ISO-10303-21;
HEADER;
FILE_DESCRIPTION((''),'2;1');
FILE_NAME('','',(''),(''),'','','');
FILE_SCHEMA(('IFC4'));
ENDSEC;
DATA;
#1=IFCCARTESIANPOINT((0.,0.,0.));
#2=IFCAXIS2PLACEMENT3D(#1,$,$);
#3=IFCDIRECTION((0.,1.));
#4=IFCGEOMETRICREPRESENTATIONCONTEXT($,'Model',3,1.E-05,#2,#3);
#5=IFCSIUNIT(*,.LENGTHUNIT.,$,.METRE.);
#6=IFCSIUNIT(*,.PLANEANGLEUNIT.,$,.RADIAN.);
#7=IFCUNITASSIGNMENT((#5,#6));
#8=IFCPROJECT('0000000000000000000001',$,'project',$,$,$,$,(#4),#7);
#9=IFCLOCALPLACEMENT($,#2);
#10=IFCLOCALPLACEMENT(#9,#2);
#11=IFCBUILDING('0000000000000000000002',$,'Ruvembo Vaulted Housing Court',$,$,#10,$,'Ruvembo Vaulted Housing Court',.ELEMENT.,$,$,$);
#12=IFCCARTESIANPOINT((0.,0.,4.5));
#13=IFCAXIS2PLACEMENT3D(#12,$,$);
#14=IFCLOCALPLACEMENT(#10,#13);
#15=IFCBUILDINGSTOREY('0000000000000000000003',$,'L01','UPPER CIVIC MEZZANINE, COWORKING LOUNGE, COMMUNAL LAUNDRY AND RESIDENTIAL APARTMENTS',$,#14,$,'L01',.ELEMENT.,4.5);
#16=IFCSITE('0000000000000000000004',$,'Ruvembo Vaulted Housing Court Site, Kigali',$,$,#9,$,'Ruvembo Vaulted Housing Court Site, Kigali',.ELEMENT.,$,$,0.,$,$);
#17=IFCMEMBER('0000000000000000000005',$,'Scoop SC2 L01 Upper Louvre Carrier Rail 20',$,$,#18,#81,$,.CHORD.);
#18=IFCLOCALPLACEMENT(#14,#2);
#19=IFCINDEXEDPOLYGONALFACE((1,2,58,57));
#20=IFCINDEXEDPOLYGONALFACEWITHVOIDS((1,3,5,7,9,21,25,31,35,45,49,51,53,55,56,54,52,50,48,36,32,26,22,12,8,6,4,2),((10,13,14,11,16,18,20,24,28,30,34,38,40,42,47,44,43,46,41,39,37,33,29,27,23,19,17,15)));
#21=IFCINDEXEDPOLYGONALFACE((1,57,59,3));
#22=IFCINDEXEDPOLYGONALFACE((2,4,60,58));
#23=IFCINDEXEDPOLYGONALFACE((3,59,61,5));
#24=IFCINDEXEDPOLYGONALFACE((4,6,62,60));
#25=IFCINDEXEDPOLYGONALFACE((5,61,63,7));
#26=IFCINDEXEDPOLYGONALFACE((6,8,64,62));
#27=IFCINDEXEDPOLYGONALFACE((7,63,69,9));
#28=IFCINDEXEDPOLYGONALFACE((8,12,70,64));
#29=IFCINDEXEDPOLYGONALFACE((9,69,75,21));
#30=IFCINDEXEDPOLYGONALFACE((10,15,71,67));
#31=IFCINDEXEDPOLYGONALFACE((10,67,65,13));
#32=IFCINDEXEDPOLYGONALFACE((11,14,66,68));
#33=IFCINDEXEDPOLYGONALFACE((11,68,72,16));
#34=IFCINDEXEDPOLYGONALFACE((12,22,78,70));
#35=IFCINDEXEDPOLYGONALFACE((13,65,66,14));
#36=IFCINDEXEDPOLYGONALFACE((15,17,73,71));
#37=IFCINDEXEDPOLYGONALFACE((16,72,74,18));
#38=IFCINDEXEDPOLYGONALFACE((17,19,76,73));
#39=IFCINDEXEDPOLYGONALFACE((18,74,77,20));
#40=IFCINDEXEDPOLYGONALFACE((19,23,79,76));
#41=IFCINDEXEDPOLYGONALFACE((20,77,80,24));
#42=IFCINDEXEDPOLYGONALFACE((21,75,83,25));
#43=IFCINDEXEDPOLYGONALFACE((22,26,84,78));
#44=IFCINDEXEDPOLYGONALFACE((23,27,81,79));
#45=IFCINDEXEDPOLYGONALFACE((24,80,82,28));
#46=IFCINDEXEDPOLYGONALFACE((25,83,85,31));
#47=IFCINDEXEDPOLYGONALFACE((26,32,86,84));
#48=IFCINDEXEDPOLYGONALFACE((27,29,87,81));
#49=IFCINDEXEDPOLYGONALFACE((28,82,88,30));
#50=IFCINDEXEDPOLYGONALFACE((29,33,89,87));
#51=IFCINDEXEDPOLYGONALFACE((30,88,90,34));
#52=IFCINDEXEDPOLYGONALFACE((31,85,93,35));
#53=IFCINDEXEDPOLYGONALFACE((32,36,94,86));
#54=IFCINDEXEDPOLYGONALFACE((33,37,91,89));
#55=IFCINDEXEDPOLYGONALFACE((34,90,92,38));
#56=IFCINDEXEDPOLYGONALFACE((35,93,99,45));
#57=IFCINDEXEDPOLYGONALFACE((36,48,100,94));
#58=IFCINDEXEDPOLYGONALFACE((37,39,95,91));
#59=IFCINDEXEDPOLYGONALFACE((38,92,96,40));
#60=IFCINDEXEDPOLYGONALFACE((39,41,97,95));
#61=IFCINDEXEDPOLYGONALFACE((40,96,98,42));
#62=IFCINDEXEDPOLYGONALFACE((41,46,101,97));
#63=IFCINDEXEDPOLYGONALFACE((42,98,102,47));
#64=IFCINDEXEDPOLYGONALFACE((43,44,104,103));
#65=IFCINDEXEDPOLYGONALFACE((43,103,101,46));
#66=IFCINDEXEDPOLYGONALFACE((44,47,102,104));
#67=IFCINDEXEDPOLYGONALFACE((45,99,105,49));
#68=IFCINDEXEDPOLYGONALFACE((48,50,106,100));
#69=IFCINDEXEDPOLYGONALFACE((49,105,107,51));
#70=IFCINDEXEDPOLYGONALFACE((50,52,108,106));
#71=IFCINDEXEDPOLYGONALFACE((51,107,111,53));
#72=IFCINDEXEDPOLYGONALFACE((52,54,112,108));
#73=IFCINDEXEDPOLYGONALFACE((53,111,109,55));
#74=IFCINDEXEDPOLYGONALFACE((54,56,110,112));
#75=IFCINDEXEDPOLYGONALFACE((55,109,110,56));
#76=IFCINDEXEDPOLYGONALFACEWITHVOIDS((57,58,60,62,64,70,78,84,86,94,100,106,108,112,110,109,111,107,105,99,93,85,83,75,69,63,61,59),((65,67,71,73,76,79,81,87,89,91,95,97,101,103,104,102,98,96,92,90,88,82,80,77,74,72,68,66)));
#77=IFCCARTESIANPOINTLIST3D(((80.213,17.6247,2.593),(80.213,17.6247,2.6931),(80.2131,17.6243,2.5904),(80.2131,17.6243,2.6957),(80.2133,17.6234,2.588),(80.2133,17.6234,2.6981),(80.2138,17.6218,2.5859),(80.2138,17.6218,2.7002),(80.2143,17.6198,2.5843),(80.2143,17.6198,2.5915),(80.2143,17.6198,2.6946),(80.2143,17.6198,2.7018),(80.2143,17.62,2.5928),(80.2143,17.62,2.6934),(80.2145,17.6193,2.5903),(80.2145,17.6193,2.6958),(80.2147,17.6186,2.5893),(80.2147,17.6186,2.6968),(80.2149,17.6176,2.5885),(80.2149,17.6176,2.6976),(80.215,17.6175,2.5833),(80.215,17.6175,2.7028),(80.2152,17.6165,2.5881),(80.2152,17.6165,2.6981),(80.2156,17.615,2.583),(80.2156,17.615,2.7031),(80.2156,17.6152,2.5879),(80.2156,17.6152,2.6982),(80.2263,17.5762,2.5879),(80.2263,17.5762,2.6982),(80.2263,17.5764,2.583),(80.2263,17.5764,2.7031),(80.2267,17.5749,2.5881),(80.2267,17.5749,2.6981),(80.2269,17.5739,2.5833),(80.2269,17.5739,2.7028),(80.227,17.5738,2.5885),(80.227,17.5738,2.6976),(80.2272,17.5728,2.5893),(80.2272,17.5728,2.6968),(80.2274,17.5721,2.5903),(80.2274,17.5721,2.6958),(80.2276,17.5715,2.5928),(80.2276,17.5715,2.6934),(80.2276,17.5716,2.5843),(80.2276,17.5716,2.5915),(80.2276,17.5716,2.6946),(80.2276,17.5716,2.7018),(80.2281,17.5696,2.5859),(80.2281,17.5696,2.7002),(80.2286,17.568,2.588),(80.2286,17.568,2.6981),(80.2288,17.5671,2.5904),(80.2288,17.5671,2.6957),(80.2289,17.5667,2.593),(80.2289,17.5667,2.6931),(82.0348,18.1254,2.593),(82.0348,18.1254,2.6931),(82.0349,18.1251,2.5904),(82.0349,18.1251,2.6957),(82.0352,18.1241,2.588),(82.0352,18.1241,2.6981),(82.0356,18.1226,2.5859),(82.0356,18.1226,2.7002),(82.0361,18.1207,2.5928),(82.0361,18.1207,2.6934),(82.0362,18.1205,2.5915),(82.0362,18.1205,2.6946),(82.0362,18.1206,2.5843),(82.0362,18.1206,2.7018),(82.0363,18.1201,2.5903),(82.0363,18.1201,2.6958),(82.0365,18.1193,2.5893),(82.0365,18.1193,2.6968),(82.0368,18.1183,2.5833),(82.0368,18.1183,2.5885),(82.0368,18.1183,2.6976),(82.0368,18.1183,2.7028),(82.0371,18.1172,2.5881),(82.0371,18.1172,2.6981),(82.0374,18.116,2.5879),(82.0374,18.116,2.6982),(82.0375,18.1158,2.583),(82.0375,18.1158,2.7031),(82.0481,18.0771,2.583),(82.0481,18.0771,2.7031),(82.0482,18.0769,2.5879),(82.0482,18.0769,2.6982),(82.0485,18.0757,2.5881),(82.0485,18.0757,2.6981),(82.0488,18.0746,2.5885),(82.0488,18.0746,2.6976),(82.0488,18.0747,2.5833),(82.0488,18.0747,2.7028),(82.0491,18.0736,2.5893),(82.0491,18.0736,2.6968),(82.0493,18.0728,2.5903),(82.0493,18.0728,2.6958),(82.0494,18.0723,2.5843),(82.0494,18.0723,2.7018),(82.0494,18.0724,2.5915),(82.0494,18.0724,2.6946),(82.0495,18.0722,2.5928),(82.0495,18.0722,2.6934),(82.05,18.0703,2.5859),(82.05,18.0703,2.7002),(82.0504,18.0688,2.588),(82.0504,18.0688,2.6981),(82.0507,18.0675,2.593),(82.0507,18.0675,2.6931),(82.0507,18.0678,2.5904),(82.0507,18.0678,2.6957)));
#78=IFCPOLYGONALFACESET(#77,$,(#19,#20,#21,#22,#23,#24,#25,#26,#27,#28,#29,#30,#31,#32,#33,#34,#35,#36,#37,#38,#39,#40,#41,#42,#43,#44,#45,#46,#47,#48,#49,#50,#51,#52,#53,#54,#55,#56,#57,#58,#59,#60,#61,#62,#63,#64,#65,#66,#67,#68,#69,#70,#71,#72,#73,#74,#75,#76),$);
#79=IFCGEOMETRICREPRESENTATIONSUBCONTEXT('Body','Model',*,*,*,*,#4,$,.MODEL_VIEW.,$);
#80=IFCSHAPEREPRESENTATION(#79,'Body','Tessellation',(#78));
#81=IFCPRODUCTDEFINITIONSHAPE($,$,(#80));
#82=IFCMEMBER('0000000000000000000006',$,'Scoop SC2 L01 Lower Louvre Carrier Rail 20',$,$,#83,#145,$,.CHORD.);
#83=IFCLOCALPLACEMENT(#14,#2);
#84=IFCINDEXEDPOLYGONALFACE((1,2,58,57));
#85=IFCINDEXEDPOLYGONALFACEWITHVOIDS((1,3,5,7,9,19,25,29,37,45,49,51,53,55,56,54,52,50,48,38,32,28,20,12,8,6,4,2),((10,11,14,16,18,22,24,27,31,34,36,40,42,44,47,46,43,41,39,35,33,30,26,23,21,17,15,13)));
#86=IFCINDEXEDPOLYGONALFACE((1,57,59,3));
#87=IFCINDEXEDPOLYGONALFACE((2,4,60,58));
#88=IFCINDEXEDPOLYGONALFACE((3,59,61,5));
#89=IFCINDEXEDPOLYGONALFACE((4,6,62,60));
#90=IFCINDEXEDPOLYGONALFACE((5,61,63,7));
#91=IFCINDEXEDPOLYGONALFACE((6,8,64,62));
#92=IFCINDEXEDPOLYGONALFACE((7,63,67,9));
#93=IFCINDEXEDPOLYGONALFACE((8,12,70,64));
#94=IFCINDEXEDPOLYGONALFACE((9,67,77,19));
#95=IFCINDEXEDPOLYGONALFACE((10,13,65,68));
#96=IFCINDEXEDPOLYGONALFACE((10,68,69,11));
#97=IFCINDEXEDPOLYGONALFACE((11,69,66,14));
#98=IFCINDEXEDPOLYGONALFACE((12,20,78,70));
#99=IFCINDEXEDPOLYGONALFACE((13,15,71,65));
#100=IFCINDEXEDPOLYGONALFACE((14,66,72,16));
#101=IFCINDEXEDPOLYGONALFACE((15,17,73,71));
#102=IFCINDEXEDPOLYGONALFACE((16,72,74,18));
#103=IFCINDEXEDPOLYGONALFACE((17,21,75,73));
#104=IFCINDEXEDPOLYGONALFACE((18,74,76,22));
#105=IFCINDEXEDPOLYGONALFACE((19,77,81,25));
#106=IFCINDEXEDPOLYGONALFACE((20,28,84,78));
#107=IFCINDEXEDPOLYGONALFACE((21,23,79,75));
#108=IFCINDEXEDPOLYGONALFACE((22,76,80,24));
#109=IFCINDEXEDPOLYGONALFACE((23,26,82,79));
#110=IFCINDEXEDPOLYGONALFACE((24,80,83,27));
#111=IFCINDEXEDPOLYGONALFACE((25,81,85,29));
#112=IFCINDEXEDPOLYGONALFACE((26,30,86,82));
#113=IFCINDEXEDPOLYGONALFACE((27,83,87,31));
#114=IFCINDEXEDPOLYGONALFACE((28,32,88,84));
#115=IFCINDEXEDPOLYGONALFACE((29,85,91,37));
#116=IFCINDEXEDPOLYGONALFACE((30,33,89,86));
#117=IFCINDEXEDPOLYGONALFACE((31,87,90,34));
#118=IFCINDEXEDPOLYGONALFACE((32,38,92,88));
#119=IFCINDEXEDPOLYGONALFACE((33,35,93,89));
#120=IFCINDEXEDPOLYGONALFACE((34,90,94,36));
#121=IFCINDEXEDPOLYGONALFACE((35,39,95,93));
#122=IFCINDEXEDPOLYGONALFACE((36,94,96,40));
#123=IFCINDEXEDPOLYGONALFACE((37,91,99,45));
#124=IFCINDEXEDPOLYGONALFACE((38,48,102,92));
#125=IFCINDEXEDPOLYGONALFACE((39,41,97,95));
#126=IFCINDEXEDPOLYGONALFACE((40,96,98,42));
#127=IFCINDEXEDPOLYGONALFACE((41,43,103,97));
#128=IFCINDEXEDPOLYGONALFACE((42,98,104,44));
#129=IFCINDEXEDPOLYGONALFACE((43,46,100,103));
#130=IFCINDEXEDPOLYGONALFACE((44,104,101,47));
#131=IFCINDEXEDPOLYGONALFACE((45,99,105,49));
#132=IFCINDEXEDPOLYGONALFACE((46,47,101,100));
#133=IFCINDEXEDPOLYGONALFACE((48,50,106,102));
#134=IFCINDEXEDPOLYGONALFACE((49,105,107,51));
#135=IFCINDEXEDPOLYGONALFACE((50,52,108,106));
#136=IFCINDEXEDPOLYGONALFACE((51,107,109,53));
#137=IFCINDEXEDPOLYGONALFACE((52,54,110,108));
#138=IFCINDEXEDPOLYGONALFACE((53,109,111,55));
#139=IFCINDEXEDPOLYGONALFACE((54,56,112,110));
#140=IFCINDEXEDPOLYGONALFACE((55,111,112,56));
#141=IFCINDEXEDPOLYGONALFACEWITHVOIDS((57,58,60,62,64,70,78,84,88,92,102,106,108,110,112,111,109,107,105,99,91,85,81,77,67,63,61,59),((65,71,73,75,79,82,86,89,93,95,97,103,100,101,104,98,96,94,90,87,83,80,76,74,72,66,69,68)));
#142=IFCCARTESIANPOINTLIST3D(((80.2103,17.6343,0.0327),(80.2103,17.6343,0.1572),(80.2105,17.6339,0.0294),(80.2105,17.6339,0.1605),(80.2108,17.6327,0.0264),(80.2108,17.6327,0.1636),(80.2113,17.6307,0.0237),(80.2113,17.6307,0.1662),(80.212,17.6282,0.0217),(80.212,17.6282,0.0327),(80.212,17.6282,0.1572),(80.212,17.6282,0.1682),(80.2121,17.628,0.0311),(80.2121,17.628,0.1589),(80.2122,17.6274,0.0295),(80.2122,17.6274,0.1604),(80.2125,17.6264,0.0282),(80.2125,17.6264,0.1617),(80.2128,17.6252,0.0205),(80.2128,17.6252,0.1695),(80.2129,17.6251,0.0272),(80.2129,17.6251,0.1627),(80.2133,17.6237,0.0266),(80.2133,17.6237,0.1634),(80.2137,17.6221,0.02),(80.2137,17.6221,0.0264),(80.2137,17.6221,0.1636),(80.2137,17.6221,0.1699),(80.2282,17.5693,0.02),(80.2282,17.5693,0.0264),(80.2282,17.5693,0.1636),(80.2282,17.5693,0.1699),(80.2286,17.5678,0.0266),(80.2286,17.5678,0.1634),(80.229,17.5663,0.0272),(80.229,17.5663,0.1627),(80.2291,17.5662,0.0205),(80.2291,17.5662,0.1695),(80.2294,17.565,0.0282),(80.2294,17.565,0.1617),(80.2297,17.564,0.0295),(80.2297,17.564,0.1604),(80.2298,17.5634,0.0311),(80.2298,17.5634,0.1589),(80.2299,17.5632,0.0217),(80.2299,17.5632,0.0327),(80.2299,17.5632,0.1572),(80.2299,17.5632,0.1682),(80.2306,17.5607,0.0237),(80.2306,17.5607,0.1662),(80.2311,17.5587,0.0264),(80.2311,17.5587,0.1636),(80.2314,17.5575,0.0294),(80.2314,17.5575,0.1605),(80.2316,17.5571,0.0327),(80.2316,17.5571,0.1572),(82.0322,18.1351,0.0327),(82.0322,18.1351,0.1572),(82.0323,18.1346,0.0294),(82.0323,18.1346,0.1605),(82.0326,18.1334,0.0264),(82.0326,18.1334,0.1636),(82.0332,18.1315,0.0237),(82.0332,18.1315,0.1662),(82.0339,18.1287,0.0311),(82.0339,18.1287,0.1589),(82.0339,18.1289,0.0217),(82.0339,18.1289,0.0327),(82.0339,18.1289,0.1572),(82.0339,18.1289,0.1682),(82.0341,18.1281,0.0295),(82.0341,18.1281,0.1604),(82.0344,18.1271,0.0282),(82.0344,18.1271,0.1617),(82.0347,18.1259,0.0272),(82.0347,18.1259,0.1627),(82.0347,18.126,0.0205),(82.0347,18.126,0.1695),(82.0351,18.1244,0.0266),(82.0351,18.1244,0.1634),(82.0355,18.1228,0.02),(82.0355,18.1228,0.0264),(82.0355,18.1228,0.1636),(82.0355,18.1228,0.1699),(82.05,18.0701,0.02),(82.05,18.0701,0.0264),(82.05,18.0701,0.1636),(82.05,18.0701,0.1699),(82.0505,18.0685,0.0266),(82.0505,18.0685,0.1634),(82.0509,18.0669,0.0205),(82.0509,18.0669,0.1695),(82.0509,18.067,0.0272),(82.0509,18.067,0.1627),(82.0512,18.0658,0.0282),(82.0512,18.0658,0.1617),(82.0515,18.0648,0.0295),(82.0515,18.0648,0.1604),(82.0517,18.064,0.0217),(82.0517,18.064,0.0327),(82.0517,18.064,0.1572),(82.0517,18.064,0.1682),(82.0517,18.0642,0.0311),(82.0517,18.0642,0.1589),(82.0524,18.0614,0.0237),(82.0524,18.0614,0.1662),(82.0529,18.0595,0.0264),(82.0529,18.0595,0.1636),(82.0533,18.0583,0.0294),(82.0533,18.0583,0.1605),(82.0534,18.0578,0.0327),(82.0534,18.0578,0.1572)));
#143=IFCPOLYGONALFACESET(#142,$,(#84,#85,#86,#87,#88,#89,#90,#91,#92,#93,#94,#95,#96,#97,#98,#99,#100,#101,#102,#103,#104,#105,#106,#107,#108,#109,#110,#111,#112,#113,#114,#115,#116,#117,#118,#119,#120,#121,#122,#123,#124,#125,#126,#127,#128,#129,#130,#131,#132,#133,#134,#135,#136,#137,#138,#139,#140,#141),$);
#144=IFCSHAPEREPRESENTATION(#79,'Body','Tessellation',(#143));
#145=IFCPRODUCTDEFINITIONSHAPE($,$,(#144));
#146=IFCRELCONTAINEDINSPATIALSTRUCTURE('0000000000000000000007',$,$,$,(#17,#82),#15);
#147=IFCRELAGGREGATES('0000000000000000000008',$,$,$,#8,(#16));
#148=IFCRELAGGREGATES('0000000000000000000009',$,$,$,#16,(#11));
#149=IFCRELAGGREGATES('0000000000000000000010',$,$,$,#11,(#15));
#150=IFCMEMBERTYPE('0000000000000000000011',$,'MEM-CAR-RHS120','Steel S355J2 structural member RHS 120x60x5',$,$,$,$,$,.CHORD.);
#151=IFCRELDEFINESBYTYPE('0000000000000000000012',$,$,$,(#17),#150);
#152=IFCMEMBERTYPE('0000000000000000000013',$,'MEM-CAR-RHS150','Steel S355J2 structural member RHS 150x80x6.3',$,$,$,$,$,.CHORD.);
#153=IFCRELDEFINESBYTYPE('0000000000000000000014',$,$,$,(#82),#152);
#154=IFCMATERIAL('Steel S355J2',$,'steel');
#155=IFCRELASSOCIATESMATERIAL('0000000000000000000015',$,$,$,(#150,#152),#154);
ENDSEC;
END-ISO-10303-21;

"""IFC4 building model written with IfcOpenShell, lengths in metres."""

from ifc_helpers import new_model, si_unit, direction, frame, origin, origin_2d, place, context, subcontext, project, spatial, hollow_rectangle, extrude, material, material_profile, profile_set, type_object, element, save


model = new_model("IFC4")

# Units and contexts
model_context = context("Model", 3, precision=1e-05, world=origin(), true_north=direction((0.0, 1.0)))
body_context = subcontext(model_context, "Body", "Model", "MODEL_VIEW")
ifc_project = project(units=[si_unit("LENGTHUNIT", "METRE"), si_unit("PLANEANGLEUNIT", "RADIAN")], contexts=[model_context])

# Site, building, storey
site_placement = place(None, origin())
site = spatial("IfcSite", under=ifc_project, at=site_placement, Name="Ruvembo Vaulted Housing Court Site, Kigali", LongName="Ruvembo Vaulted Housing Court Site, Kigali", CompositionType="ELEMENT", RefElevation=0.0)
building_placement = place(site_placement, origin())
building = spatial("IfcBuilding", under=site, at=building_placement, Name="Ruvembo Vaulted Housing Court", LongName="Ruvembo Vaulted Housing Court", CompositionType="ELEMENT")
storey_placement = place(building_placement, frame((0.0, 0.0, 4.5)))
storey = spatial("IfcBuildingStorey", under=building, at=storey_placement, Name="L01", Description="UPPER CIVIC MEZZANINE, COWORKING LOUNGE, COMMUNAL LAUNDRY AND RESIDENTIAL APARTMENTS", LongName="L01", CompositionType="ELEMENT", Elevation=4.5)

# Shared definitions
ifc_material_1 = material(Name="Steel S355J2", Category="steel")

# Members
ifc_material_profile_1 = material_profile(ifc_material_1, hollow_rectangle(XDim=0.0601, YDim=0.1201, WallThickness=0.0049, InnerFilletRadius=0.0049, OuterFilletRadius=0.01, at=origin_2d()), Name="RHS 120x60x5")
ifc_profile_set_1 = profile_set([ifc_material_profile_1], Name="Steel S355J2")
member_type_1 = type_object("IfcMemberType", Name="MEM-CAR-RHS120", Description="Steel S355J2 structural member RHS 120x60x5", PredefinedType="CHORD", material=ifc_profile_set_1)
member_1_placement = place(storey_placement, frame((80.2209, 17.5957, 2.6431), z_axis=(0.96424, 0.26503, 0.0), x_axis=(-0.26503, 0.96424, 0.0)))
element("IfcMember", 1, at=member_1_placement, inside=storey, type_object=member_type_1, Name="Scoop SC2 L01 Upper Louvre Carrier Rail 20", PredefinedType="CHORD", context=body_context, shape_type="SweptSolid", body=[
    extrude(hollow_rectangle(XDim=0.0601, YDim=0.1201, WallThickness=0.0049, InnerFilletRadius=0.0049, OuterFilletRadius=0.01, at=origin_2d()), origin(), (0.0, 0.0, 1.0), 1.8894),
])
ifc_material_profile_2 = material_profile(ifc_material_1, hollow_rectangle(XDim=0.0801, YDim=0.1499, WallThickness=0.0063, InnerFilletRadius=0.0063, OuterFilletRadius=0.0127, at=origin_2d()), Name="RHS 150x80x6.3")
ifc_profile_set_2 = profile_set([ifc_material_profile_2], Name="Steel S355J2")
member_type_2 = type_object("IfcMemberType", Name="MEM-CAR-RHS150", Description="Steel S355J2 structural member RHS 150x80x6.3", PredefinedType="CHORD", material=ifc_profile_set_2)
member_2_placement = place(storey_placement, frame((80.2209, 17.5957, 0.095), z_axis=(0.96424, 0.26503, 0.0), x_axis=(-0.26503, 0.96424, 0.0)))
element("IfcMember", 2, at=member_2_placement, inside=storey, type_object=member_type_2, Name="Scoop SC2 L01 Lower Louvre Carrier Rail 20", PredefinedType="CHORD", context=body_context, shape_type="SweptSolid", body=[
    extrude(hollow_rectangle(XDim=0.0801, YDim=0.1499, WallThickness=0.0063, InnerFilletRadius=0.0063, OuterFilletRadius=0.0127, at=origin_2d()), origin(), (0.0, 0.0, 1.0), 1.8894),
])

save(model, "model.ifc")
